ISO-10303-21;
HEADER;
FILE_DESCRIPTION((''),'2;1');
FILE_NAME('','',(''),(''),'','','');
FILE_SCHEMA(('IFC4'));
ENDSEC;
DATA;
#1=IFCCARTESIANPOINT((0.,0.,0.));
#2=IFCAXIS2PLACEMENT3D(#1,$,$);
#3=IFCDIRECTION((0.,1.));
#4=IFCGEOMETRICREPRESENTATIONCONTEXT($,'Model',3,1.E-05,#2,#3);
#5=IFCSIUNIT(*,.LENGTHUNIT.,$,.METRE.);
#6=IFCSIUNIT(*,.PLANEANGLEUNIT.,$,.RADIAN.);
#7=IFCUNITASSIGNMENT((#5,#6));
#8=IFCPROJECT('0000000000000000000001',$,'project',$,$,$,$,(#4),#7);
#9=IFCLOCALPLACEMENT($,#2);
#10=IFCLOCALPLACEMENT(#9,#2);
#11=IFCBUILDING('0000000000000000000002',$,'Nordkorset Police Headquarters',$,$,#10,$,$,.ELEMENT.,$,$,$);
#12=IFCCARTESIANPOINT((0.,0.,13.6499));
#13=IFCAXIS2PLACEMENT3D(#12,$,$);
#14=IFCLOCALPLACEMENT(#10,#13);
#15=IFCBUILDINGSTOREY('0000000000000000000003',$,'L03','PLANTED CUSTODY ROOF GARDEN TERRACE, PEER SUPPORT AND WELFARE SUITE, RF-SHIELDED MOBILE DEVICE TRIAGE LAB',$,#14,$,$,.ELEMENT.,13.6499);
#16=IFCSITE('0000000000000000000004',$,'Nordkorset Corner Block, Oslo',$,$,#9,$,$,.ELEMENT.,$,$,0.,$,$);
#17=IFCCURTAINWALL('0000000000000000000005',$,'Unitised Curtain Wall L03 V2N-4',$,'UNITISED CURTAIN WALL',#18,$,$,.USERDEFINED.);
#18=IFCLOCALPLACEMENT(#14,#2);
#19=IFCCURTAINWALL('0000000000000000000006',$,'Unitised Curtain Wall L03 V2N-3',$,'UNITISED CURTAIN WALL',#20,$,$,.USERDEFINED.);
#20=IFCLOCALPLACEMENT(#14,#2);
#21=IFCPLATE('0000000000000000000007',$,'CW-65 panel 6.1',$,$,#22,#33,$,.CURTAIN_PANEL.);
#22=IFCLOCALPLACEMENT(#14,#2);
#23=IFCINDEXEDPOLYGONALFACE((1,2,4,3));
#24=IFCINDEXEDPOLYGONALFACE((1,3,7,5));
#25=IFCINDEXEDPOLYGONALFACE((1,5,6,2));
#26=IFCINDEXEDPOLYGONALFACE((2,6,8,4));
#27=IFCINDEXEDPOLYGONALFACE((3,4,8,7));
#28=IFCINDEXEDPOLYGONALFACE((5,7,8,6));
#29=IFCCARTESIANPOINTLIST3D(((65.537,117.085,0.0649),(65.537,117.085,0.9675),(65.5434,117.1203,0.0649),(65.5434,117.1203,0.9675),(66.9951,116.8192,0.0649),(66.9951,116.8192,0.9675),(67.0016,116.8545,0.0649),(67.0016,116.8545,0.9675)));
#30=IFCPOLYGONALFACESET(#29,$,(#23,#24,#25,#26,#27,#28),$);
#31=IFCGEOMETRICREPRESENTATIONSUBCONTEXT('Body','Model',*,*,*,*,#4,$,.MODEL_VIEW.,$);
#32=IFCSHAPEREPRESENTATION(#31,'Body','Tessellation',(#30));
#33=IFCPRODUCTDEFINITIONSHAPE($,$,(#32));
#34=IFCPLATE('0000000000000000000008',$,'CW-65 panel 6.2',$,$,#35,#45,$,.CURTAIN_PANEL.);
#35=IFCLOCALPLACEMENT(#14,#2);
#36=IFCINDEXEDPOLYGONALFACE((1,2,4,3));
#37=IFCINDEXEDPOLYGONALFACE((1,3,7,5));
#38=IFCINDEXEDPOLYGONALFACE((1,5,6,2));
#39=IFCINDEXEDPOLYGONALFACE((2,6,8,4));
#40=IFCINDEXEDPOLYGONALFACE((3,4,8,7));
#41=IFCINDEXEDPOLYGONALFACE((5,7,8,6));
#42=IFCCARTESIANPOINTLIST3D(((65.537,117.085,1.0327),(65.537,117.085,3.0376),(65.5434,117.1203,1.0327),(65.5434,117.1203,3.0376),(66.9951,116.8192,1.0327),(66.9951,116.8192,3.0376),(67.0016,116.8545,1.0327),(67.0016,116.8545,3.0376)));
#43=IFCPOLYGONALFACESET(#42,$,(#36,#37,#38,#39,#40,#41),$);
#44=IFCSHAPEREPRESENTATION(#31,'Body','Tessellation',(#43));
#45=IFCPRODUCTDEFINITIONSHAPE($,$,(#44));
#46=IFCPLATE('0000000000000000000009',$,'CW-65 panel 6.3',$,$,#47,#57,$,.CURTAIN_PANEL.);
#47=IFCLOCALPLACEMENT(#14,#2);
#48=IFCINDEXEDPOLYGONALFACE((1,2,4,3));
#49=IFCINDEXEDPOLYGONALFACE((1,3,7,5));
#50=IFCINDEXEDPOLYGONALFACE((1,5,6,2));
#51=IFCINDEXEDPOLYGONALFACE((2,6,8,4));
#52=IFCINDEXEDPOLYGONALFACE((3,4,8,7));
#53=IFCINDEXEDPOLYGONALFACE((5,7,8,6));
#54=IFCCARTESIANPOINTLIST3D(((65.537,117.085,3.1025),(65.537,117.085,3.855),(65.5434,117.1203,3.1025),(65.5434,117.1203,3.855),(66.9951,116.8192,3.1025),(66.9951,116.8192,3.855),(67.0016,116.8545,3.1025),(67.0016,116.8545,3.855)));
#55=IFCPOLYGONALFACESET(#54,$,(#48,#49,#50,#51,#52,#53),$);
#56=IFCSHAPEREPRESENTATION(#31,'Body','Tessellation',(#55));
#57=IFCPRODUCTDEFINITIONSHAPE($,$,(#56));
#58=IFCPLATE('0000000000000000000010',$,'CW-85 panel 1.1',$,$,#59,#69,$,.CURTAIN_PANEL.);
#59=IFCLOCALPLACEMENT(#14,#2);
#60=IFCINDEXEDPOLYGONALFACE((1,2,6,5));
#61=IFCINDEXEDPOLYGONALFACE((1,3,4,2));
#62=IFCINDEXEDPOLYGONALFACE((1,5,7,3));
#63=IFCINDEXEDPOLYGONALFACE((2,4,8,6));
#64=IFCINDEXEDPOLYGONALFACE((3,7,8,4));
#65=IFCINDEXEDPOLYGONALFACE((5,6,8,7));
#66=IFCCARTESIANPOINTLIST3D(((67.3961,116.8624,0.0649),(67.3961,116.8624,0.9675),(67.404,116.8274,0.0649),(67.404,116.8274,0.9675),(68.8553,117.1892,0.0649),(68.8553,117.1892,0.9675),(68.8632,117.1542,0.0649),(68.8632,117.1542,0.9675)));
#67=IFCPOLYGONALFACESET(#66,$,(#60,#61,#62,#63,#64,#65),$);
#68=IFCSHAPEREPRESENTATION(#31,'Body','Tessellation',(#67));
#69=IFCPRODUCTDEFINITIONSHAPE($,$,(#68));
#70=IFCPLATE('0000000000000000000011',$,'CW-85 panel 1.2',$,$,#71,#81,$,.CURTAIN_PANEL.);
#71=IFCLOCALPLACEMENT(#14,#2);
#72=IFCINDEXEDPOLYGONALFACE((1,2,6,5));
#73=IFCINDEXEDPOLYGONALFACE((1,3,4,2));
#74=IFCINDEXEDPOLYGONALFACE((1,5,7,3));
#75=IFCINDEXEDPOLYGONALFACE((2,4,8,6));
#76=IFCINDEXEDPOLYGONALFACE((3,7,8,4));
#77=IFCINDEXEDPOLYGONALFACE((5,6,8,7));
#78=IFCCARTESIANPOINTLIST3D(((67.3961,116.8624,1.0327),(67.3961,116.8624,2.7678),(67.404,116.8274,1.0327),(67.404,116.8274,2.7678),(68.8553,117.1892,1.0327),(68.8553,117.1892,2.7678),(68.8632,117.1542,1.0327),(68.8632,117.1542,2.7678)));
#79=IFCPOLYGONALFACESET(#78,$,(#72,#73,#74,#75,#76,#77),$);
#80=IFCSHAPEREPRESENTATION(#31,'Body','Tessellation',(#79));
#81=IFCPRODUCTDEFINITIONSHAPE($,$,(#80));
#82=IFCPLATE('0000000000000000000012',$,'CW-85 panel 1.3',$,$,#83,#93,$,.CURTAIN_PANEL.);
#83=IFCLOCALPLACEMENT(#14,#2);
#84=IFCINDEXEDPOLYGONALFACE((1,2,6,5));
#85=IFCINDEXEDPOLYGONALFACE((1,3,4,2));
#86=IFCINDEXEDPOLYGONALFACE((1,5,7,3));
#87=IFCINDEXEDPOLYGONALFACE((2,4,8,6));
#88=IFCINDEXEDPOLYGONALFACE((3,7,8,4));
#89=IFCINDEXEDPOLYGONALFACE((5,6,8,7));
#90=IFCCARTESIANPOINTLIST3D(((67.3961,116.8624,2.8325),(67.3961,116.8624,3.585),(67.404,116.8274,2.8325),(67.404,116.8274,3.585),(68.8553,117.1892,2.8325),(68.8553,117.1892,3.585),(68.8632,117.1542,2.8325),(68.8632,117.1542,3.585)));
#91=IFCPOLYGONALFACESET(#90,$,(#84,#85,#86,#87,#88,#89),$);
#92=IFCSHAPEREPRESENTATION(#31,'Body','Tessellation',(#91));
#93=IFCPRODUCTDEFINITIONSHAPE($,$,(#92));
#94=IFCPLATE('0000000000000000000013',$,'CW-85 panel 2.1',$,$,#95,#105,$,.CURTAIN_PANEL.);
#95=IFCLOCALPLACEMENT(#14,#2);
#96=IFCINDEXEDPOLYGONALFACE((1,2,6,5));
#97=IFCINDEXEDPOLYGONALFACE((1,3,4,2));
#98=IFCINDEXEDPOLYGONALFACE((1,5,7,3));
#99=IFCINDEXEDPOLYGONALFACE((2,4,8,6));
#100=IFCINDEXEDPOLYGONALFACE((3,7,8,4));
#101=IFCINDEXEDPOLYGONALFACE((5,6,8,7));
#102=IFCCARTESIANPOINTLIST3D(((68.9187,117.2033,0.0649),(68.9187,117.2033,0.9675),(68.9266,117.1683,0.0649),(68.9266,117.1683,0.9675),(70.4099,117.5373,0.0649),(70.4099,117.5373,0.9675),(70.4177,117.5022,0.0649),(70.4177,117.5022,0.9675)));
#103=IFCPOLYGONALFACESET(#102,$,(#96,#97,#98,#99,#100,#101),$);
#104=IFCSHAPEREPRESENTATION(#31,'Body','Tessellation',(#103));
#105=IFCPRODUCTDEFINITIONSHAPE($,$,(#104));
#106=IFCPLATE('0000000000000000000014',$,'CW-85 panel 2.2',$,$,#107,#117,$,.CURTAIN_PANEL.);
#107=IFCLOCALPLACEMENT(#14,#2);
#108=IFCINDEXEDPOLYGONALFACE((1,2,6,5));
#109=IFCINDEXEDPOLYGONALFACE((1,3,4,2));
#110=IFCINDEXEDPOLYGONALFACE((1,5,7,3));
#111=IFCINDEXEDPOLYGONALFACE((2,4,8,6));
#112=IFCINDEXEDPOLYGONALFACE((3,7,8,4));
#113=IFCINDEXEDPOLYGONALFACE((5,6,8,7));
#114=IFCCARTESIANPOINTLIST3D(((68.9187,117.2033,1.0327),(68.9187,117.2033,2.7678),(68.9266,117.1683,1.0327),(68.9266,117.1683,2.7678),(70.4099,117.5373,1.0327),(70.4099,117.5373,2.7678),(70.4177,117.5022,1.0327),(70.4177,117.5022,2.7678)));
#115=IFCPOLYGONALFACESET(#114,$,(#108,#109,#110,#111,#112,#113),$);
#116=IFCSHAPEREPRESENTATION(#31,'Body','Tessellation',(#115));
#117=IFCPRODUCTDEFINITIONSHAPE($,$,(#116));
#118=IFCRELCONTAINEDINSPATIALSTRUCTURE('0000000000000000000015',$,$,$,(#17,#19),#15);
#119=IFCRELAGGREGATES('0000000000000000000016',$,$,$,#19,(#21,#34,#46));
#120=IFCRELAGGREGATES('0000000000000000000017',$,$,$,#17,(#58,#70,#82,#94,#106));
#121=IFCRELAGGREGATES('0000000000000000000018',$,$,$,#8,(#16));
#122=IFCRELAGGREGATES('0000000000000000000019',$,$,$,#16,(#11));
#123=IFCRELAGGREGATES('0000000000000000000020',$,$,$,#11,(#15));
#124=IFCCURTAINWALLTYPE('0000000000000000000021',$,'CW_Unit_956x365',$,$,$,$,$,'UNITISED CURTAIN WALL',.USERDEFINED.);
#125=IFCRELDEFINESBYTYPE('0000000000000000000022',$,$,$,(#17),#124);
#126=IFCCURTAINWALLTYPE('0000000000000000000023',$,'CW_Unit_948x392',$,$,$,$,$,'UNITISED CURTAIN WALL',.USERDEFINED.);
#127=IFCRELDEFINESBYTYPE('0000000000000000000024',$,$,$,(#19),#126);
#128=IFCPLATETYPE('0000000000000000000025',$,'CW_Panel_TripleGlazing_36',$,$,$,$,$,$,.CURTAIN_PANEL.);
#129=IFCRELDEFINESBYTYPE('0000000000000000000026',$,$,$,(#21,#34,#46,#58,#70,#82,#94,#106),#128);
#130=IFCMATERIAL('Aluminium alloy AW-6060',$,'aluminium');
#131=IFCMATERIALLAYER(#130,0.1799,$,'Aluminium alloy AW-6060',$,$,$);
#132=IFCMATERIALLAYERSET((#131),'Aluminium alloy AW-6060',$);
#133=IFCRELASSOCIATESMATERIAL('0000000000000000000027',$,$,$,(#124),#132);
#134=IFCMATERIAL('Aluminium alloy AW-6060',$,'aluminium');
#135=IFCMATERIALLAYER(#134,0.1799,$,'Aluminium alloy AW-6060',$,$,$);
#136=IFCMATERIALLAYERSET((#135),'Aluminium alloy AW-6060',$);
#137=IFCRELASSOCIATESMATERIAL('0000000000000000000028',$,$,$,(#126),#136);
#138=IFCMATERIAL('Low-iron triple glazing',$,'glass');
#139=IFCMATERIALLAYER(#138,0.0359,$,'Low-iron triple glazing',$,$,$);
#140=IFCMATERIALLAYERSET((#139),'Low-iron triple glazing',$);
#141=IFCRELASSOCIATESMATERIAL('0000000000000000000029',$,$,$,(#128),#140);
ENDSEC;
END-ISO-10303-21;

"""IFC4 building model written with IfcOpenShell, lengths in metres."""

from ifc_helpers import new_model, si_unit, direction, frame, origin, origin_2d, place, context, subcontext, project, spatial, rectangle, extrude, material, layer, layer_set, type_object, element, aggregate, save


model = new_model("IFC4")

# Units and contexts
model_context = context("Model", 3, precision=1e-05, world=origin(), true_north=direction((0.0, 1.0)))
body_context = subcontext(model_context, "Body", "Model", "MODEL_VIEW")
ifc_project = project(units=[si_unit("LENGTHUNIT", "METRE"), si_unit("PLANEANGLEUNIT", "RADIAN")], contexts=[model_context])

# Site, building, storey
site_placement = place(None, origin())
site = spatial("IfcSite", under=ifc_project, at=site_placement, Name="Nordkorset Corner Block, Oslo", CompositionType="ELEMENT", RefElevation=0.0)
building_placement = place(site_placement, origin())
building = spatial("IfcBuilding", under=site, at=building_placement, Name="Nordkorset Police Headquarters", CompositionType="ELEMENT")
storey_placement = place(building_placement, frame((0.0, 0.0, 13.6499)))
storey = spatial("IfcBuildingStorey", under=building, at=storey_placement, Name="L03", Description="PLANTED CUSTODY ROOF GARDEN TERRACE, PEER SUPPORT AND WELFARE SUITE, RF-SHIELDED MOBILE DEVICE TRIAGE LAB", CompositionType="ELEMENT", Elevation=13.6499)

# Curtain walls
ifc_material_1 = material(Name="Aluminium alloy AW-6060", Category="aluminium")
ifc_layer_1 = layer(ifc_material_1, 0.1799, Name="Aluminium alloy AW-6060")
ifc_layer_set_1 = layer_set([ifc_layer_1], Name="Aluminium alloy AW-6060")
curtain_wall_type_1 = type_object("IfcCurtainWallType", Name="CW_Unit_956x365", ElementType="UNITISED CURTAIN WALL", PredefinedType="USERDEFINED", material=ifc_layer_set_1)
curtain_wall_1_placement = place(storey_placement, origin())
curtain_wall_1 = element("IfcCurtainWall", 1, at=curtain_wall_1_placement, inside=storey, type_object=curtain_wall_type_1, Name="Unitised Curtain Wall L03 V2N-4", ObjectType="UNITISED CURTAIN WALL", PredefinedType="USERDEFINED")
ifc_material_2 = material(Name="Aluminium alloy AW-6060", Category="aluminium")
ifc_layer_2 = layer(ifc_material_2, 0.1799, Name="Aluminium alloy AW-6060")
ifc_layer_set_2 = layer_set([ifc_layer_2], Name="Aluminium alloy AW-6060")
curtain_wall_type_2 = type_object("IfcCurtainWallType", Name="CW_Unit_948x392", ElementType="UNITISED CURTAIN WALL", PredefinedType="USERDEFINED", material=ifc_layer_set_2)
curtain_wall_2_placement = place(storey_placement, origin())
curtain_wall_2 = element("IfcCurtainWall", 2, at=curtain_wall_2_placement, inside=storey, type_object=curtain_wall_type_2, Name="Unitised Curtain Wall L03 V2N-3", ObjectType="UNITISED CURTAIN WALL", PredefinedType="USERDEFINED")

# Plates
ifc_material_3 = material(Name="Low-iron triple glazing", Category="glass")
ifc_layer_3 = layer(ifc_material_3, 0.0359, Name="Low-iron triple glazing")
ifc_layer_set_3 = layer_set([ifc_layer_3], Name="Low-iron triple glazing")
plate_type = type_object("IfcPlateType", Name="CW_Panel_TripleGlazing_36", PredefinedType="CURTAIN_PANEL", material=ifc_layer_set_3)
plate_1_placement = place(storey_placement, frame((66.2693, 116.9697, 0.0649), z_axis=(0.0, 0.0, 1.0), x_axis=(0.983788, -0.179336, 0.0)))
plate_1 = element("IfcPlate", 3, at=plate_1_placement, type_object=plate_type, Name="CW-65 panel 6.1", PredefinedType="CURTAIN_PANEL", context=body_context, shape_type="SweptSolid", body=[
    extrude(rectangle(XDim=1.4822, YDim=0.0359, at=origin_2d()), origin(), (0.0, 0.0, 1.0), 0.9026),
])
plate_2_placement = place(storey_placement, frame((66.2693, 116.9697, 1.0327), z_axis=(0.0, 0.0, 1.0), x_axis=(0.983788, -0.179336, 0.0)))
plate_2 = element("IfcPlate", 4, at=plate_2_placement, type_object=plate_type, Name="CW-65 panel 6.2", PredefinedType="CURTAIN_PANEL", context=body_context, shape_type="SweptSolid", body=[
    extrude(rectangle(XDim=1.4822, YDim=0.0359, at=origin_2d()), origin(), (0.0, 0.0, 1.0), 2.0049),
])
plate_3_placement = place(storey_placement, frame((66.2693, 116.9697, 3.1025), z_axis=(0.0, 0.0, 1.0), x_axis=(0.983788, -0.179336, 0.0)))
plate_3 = element("IfcPlate", 5, at=plate_3_placement, type_object=plate_type, Name="CW-65 panel 6.3", PredefinedType="CURTAIN_PANEL", context=body_context, shape_type="SweptSolid", body=[
    extrude(rectangle(XDim=1.4822, YDim=0.0359, at=origin_2d()), origin(), (0.0, 0.0, 1.0), 0.7524),
])
aggregate(curtain_wall_2, [plate_1, plate_2, plate_3])
plate_4_placement = place(storey_placement, frame((68.1296, 117.0083, 0.0649), z_axis=(0.0, 0.0, 1.0), x_axis=(0.975827, 0.218544, 0.0)))
plate_4 = element("IfcPlate", 6, at=plate_4_placement, type_object=plate_type, Name="CW-85 panel 1.1", PredefinedType="CURTAIN_PANEL", context=body_context, shape_type="SweptSolid", body=[
    extrude(rectangle(XDim=1.4954, YDim=0.0359, at=origin_2d()), origin(), (0.0, 0.0, 1.0), 0.9026),
])
plate_5_placement = place(storey_placement, frame((68.1296, 117.0083, 1.0327), z_axis=(0.0, 0.0, 1.0), x_axis=(0.975827, 0.218544, 0.0)))
plate_5 = element("IfcPlate", 7, at=plate_5_placement, type_object=plate_type, Name="CW-85 panel 1.2", PredefinedType="CURTAIN_PANEL", context=body_context, shape_type="SweptSolid", body=[
    extrude(rectangle(XDim=1.4954, YDim=0.0359, at=origin_2d()), origin(), (0.0, 0.0, 1.0), 1.7351),
])
plate_6_placement = place(storey_placement, frame((68.1296, 117.0083, 2.8325), z_axis=(0.0, 0.0, 1.0), x_axis=(0.975827, 0.218544, 0.0)))
plate_6 = element("IfcPlate", 8, at=plate_6_placement, type_object=plate_type, Name="CW-85 panel 1.3", PredefinedType="CURTAIN_PANEL", context=body_context, shape_type="SweptSolid", body=[
    extrude(rectangle(XDim=1.4954, YDim=0.0359, at=origin_2d()), origin(), (0.0, 0.0, 1.0), 0.7524),
])
plate_7_placement = place(storey_placement, frame((69.6682, 117.3528, 0.0649), z_axis=(0.0, 0.0, 1.0), x_axis=(0.975827, 0.218544, 0.0)))
plate_7 = element("IfcPlate", 9, at=plate_7_placement, type_object=plate_type, Name="CW-85 panel 2.1", PredefinedType="CURTAIN_PANEL", context=body_context, shape_type="SweptSolid", body=[
    extrude(rectangle(XDim=1.5281, YDim=0.0359, at=origin_2d()), origin(), (0.0, 0.0, 1.0), 0.9026),
])
plate_8_placement = place(storey_placement, frame((69.6682, 117.3528, 1.0327), z_axis=(0.0, 0.0, 1.0), x_axis=(0.975827, 0.218544, 0.0)))
plate_8 = element("IfcPlate", 10, at=plate_8_placement, type_object=plate_type, Name="CW-85 panel 2.2", PredefinedType="CURTAIN_PANEL", context=body_context, shape_type="SweptSolid", body=[
    extrude(rectangle(XDim=1.5281, YDim=0.0359, at=origin_2d()), origin(), (0.0, 0.0, 1.0), 1.7351),
])
aggregate(curtain_wall_1, [plate_4, plate_5, plate_6, plate_7, plate_8])

save(model, "model.ifc")
